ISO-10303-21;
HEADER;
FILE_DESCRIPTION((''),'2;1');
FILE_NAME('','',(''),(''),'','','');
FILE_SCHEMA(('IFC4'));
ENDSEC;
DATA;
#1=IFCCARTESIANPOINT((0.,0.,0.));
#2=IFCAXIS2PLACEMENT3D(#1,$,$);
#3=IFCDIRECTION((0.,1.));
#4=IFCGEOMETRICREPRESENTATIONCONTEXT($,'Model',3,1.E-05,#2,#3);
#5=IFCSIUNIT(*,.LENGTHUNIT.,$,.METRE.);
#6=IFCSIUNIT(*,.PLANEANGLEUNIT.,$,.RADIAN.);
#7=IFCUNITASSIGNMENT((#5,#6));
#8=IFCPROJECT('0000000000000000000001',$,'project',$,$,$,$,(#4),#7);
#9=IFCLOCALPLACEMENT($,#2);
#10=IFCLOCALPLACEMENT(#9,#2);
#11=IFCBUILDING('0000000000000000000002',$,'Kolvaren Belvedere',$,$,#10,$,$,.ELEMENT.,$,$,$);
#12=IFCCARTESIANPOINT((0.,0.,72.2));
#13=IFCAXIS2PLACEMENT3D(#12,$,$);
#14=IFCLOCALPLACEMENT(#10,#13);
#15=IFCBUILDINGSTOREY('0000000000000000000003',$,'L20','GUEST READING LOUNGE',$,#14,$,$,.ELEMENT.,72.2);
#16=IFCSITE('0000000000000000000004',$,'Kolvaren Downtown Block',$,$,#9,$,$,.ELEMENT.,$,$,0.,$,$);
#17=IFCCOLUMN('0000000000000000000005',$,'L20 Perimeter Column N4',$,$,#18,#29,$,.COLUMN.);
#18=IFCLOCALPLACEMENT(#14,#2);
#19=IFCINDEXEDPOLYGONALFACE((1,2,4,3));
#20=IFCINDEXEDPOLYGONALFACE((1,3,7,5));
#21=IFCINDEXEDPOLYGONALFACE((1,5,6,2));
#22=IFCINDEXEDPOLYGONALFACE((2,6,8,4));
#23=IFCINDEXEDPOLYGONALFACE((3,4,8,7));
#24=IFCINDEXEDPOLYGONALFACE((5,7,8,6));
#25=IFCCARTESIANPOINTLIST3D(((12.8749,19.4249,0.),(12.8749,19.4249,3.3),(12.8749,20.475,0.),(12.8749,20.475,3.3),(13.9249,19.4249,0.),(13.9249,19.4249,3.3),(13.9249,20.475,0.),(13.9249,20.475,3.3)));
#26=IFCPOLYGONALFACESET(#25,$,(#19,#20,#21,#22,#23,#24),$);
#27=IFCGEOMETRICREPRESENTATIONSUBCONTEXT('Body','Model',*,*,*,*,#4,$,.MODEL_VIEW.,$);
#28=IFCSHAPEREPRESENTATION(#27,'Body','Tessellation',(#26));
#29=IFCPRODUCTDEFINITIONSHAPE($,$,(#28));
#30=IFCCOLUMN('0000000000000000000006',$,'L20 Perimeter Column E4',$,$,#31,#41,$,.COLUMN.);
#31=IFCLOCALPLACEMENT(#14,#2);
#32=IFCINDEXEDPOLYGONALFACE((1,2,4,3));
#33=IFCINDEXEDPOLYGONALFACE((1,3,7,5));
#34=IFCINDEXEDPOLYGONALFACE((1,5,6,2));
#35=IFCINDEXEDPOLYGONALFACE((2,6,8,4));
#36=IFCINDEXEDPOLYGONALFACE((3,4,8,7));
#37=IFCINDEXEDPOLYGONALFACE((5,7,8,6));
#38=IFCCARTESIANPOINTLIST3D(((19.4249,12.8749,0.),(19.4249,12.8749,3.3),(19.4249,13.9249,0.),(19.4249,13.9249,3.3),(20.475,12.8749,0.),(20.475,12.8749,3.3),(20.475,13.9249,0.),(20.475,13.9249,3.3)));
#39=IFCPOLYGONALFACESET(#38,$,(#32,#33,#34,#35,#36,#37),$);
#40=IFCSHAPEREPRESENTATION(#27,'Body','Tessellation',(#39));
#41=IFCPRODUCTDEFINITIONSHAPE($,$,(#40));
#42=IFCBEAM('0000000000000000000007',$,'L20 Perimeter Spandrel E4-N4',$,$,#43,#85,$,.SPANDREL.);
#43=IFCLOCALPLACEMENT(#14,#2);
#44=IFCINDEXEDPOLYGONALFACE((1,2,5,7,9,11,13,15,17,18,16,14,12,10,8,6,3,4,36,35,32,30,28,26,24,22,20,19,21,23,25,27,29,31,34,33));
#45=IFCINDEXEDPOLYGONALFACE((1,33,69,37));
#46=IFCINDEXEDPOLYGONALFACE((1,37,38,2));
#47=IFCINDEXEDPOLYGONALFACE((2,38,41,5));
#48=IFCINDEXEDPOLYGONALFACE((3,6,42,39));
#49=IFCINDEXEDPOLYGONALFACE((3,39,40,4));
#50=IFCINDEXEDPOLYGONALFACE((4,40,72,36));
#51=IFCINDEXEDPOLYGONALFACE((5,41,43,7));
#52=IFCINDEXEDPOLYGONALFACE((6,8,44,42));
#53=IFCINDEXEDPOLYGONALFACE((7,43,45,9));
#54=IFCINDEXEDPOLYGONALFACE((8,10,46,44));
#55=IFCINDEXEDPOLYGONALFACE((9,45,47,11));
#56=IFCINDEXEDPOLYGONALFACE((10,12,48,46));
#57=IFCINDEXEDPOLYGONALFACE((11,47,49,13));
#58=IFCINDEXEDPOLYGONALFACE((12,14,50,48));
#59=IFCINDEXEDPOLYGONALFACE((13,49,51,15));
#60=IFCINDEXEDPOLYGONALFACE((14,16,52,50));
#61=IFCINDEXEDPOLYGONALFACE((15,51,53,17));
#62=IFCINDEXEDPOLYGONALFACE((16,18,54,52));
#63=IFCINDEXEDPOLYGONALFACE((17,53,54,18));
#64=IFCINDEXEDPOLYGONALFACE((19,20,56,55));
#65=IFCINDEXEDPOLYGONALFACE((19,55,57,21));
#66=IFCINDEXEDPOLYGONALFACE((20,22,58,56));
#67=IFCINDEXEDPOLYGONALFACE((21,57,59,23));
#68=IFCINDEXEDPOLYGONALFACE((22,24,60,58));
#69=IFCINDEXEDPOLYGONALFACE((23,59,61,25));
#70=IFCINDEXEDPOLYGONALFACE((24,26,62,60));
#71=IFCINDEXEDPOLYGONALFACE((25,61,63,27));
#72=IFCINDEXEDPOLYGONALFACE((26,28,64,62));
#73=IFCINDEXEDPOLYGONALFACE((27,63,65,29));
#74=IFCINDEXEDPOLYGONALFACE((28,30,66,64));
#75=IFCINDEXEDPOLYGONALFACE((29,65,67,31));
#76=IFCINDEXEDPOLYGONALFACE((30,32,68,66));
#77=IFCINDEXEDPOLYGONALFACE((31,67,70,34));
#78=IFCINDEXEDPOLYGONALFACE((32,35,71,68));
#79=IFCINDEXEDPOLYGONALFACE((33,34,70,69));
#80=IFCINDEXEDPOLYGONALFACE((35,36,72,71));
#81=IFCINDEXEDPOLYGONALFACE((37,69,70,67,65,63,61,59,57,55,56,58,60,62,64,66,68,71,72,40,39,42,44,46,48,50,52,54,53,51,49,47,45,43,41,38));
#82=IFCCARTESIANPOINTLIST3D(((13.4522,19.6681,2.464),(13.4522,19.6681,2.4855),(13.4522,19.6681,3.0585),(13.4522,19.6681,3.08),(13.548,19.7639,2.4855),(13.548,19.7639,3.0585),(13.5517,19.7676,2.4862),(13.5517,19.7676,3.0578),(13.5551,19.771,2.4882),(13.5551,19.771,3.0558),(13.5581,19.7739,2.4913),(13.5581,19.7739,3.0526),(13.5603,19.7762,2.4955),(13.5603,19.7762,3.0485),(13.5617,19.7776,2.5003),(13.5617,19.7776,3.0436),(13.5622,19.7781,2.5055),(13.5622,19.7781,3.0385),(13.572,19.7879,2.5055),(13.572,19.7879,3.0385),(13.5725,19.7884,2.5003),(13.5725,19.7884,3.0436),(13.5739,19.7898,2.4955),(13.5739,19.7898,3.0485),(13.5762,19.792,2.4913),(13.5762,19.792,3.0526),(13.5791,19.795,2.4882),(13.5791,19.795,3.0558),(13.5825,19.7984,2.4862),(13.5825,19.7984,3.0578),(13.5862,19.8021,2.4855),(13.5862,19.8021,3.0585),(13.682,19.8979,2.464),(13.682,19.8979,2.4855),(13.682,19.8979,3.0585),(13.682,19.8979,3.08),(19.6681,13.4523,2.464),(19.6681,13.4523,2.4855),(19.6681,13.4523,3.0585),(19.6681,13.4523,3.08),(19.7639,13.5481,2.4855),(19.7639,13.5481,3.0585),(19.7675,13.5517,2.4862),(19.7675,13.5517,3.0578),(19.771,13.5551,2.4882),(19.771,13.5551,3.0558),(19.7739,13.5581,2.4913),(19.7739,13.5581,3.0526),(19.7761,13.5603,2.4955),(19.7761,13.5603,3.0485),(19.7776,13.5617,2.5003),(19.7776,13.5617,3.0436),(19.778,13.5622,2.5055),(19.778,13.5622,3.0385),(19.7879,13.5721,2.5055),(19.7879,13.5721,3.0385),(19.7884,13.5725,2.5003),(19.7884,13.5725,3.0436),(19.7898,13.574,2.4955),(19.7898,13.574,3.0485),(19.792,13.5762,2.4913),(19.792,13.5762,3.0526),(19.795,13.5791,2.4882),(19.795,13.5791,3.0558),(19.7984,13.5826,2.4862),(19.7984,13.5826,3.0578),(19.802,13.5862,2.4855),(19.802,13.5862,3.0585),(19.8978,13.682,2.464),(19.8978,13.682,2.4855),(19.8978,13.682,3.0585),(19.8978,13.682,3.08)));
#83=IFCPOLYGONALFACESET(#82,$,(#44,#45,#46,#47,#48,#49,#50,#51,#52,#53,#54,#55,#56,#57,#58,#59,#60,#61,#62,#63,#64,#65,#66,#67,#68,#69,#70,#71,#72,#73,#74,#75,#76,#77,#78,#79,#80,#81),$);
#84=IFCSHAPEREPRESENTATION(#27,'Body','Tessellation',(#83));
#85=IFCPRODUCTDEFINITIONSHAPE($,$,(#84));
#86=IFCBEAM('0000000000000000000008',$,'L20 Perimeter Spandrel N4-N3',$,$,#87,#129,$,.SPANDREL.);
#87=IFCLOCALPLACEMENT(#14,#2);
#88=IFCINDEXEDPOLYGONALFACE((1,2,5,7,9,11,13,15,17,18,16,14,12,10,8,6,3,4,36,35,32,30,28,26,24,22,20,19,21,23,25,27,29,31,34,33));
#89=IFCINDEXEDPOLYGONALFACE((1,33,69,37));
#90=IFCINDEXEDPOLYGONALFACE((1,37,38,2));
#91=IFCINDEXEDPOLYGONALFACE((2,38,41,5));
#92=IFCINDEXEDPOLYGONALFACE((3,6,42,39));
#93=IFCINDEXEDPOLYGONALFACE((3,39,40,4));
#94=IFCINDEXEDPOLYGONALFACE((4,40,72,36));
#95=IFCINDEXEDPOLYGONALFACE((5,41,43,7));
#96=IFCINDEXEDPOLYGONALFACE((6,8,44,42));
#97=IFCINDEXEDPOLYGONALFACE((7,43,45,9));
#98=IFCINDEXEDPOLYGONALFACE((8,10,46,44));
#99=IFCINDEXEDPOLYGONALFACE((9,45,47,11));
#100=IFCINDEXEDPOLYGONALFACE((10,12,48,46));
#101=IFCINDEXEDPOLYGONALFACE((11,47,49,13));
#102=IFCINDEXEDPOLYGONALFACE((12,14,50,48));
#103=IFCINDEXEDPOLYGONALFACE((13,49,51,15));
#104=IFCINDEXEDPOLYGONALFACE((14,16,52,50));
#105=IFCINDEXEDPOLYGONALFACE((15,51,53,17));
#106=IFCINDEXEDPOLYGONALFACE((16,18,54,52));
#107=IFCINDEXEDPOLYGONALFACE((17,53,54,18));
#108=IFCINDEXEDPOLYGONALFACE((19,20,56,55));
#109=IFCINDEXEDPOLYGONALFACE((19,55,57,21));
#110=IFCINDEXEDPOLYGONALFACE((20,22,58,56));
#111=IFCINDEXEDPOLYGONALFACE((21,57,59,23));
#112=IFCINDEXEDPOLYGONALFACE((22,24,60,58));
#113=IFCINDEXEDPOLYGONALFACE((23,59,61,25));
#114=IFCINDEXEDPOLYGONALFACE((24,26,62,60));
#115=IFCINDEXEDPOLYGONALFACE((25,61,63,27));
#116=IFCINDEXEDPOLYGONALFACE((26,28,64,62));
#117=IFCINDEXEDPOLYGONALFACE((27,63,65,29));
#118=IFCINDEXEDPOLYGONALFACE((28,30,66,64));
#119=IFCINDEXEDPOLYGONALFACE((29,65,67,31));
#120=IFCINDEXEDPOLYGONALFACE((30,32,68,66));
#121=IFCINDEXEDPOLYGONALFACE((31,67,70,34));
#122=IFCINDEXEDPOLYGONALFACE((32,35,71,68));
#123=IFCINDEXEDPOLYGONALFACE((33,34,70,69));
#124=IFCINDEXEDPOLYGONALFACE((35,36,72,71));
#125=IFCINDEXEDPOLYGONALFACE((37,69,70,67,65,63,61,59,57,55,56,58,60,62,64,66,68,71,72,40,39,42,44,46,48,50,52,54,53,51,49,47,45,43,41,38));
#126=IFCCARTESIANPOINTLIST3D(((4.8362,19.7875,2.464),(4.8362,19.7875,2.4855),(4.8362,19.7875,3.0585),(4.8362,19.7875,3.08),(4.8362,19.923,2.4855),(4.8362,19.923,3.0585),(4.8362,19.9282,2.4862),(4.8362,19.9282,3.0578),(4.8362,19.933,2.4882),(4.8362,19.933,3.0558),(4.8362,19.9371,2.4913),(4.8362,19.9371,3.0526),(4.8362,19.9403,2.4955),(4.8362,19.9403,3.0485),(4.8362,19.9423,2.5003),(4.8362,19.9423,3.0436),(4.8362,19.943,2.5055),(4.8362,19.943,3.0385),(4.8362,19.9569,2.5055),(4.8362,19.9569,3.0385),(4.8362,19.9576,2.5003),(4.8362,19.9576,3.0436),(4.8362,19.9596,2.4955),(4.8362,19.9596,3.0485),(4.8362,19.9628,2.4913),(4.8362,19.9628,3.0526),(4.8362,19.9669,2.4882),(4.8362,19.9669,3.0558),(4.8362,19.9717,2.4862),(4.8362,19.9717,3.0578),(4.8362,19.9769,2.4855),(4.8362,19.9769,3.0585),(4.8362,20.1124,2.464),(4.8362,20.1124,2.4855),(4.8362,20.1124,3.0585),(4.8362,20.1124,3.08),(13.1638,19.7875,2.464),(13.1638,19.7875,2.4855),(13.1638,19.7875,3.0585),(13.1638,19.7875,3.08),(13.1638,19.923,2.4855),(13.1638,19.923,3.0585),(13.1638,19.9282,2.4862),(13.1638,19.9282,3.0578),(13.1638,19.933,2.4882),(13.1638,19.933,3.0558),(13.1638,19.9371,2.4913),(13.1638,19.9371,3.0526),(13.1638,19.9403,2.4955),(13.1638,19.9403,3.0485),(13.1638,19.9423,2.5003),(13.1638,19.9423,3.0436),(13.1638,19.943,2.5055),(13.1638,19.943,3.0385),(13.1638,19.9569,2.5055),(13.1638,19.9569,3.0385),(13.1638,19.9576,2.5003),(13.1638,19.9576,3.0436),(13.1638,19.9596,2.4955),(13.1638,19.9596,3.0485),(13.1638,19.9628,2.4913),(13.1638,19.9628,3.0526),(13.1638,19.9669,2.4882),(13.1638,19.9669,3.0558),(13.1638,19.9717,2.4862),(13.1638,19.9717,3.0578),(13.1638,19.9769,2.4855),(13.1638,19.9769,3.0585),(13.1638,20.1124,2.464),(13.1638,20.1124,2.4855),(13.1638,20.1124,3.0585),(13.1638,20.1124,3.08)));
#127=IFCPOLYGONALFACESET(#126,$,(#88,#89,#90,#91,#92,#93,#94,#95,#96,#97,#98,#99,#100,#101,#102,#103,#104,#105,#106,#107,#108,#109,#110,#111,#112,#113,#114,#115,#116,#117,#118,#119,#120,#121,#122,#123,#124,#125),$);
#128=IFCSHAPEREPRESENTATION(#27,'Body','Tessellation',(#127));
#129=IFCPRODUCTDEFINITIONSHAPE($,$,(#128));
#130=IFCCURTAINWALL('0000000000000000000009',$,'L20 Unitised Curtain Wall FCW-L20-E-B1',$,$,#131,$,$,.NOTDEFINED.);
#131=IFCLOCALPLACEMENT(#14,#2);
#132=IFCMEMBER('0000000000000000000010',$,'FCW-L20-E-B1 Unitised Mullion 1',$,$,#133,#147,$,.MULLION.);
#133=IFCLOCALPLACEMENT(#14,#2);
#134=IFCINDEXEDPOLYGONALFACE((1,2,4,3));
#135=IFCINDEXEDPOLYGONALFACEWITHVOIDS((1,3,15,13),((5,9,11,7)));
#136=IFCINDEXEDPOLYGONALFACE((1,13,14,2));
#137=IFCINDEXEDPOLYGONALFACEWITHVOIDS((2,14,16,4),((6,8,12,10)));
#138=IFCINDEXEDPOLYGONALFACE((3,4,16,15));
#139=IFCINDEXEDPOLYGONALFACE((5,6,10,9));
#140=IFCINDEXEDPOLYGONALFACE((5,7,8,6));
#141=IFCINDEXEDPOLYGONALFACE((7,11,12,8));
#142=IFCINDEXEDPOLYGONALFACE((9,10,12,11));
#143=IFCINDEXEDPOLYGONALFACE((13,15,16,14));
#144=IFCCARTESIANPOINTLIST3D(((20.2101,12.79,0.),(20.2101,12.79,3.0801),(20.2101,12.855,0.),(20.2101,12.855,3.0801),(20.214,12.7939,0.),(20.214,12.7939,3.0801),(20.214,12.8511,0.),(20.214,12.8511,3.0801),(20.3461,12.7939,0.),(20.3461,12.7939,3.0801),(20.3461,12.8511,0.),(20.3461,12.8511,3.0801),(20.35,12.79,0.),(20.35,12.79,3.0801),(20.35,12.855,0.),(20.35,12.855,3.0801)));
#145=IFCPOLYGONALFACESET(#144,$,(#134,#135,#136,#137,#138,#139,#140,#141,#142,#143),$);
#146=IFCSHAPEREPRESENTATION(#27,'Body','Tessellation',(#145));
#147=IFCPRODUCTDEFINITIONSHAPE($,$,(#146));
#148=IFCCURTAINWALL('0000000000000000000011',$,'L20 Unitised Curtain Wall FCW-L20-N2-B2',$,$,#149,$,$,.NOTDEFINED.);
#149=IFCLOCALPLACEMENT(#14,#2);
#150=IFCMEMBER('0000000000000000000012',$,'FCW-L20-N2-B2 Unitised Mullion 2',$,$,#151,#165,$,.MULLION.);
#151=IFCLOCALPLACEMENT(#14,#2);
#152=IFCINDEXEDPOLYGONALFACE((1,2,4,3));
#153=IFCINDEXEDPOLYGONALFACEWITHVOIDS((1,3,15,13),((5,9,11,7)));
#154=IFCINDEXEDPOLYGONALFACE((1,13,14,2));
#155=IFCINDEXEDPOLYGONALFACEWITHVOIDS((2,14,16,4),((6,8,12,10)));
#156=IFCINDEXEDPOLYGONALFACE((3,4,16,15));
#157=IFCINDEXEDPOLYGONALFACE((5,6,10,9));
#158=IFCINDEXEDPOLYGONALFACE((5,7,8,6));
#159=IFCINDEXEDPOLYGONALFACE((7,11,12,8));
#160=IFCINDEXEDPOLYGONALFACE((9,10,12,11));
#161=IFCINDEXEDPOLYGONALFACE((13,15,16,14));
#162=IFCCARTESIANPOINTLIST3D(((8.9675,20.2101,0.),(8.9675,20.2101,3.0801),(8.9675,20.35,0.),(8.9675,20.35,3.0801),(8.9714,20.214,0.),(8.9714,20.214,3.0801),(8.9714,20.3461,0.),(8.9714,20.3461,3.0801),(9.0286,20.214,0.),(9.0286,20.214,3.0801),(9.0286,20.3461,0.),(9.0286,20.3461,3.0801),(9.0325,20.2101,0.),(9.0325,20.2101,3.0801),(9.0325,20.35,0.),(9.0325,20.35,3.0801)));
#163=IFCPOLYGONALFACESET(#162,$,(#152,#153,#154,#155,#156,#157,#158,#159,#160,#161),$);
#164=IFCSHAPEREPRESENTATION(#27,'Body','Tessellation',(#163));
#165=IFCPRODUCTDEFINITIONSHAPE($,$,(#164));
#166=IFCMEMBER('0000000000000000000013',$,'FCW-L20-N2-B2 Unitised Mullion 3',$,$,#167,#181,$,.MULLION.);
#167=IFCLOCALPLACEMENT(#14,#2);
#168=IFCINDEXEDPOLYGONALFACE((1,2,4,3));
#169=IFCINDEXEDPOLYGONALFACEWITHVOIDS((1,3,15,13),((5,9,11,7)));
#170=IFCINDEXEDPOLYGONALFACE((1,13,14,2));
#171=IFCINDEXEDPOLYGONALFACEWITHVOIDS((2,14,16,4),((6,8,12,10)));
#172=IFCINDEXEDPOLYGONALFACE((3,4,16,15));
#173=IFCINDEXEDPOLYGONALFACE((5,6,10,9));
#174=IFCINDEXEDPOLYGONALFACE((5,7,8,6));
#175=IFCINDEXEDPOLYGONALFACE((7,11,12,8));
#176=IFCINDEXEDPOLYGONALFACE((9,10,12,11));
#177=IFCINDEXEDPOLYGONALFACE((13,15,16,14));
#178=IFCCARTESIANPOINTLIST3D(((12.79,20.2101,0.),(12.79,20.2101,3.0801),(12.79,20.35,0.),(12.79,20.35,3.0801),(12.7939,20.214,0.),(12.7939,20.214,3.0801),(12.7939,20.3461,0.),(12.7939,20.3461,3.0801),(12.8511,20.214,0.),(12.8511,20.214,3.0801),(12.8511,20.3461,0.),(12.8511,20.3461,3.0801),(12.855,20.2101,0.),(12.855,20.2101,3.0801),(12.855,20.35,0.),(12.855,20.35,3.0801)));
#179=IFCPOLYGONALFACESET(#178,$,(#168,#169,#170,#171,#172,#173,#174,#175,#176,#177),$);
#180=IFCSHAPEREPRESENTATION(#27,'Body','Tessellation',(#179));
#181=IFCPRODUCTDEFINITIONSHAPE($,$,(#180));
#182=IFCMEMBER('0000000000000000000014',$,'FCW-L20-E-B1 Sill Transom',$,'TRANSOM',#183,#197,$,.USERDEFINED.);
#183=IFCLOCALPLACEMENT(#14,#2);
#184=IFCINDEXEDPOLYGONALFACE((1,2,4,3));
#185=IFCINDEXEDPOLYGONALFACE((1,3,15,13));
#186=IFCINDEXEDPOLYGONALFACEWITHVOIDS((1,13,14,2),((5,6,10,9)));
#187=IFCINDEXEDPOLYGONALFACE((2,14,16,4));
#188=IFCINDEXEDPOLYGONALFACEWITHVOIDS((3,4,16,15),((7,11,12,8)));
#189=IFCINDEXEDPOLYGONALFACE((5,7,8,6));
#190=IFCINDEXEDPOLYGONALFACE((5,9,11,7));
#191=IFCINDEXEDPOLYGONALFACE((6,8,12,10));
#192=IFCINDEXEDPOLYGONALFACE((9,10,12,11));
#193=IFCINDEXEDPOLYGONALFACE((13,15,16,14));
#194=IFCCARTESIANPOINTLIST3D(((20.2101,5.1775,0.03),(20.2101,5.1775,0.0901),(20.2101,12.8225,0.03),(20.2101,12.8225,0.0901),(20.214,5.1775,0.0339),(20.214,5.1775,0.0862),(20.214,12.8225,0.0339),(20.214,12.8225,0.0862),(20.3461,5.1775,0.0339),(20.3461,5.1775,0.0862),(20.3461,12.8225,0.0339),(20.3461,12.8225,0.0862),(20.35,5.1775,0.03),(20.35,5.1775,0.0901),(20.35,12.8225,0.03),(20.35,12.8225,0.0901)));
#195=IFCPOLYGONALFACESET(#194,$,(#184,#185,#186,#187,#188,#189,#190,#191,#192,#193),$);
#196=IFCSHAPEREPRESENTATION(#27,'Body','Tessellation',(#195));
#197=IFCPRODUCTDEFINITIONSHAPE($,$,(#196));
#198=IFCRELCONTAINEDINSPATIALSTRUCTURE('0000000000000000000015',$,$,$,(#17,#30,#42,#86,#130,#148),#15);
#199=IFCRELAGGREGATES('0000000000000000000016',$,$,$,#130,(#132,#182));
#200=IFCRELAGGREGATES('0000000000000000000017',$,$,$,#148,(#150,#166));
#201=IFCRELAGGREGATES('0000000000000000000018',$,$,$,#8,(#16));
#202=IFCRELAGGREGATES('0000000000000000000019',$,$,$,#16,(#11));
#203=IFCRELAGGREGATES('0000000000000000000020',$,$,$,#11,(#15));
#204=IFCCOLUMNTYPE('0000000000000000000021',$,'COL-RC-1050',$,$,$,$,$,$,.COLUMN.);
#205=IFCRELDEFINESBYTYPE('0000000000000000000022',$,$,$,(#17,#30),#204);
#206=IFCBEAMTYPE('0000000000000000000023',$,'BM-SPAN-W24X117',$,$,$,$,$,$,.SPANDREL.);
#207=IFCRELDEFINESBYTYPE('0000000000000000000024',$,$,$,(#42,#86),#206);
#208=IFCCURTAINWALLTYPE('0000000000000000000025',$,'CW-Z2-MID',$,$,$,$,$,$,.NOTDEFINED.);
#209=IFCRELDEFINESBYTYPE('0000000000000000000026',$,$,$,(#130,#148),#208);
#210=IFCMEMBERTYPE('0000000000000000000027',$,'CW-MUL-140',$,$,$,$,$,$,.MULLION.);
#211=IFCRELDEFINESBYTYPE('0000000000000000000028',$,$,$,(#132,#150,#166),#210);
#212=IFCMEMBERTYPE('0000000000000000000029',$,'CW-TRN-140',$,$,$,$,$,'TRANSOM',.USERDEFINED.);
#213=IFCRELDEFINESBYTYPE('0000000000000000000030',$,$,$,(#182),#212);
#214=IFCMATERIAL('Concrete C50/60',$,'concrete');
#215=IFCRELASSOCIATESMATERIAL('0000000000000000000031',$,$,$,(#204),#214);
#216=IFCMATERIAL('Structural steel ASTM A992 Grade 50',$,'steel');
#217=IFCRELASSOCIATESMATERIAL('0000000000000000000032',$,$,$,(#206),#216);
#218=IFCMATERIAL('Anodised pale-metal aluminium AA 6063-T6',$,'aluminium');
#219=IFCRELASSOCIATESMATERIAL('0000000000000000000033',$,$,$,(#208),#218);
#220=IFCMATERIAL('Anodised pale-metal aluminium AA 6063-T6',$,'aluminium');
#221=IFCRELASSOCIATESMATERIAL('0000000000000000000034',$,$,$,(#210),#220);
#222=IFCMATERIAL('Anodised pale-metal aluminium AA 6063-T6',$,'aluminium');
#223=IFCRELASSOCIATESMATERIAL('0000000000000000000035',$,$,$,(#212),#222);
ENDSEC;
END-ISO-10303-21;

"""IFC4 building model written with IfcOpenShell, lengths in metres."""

from ifc_helpers import new_model, si_unit, direction, frame, origin, origin_2d, place, context, subcontext, project, spatial, rectangle, hollow_rectangle, i_section, extrude, material, material_profile, profile_set, type_object, element, aggregate, save


model = new_model("IFC4")

# Units and contexts
model_context = context("Model", 3, precision=1e-05, world=origin(), true_north=direction((0.0, 1.0)))
body_context = subcontext(model_context, "Body", "Model", "MODEL_VIEW")
ifc_project = project(units=[si_unit("LENGTHUNIT", "METRE"), si_unit("PLANEANGLEUNIT", "RADIAN")], contexts=[model_context])

# Site, building, storey
site_placement = place(None, origin())
site = spatial("IfcSite", under=ifc_project, at=site_placement, Name="Kolvaren Downtown Block", CompositionType="ELEMENT", RefElevation=0.0)
building_placement = place(site_placement, origin())
building = spatial("IfcBuilding", under=site, at=building_placement, Name="Kolvaren Belvedere", CompositionType="ELEMENT")
storey_placement = place(building_placement, frame((0.0, 0.0, 72.2)))
storey = spatial("IfcBuildingStorey", under=building, at=storey_placement, Name="L20", Description="GUEST READING LOUNGE", CompositionType="ELEMENT", Elevation=72.2)

# Columns
ifc_material_1 = material(Name="Concrete C50/60", Category="concrete")
ifc_material_profile_1 = material_profile(ifc_material_1, rectangle(XDim=1.05, YDim=1.05, at=origin_2d()), Name="RC 1050X1050")
ifc_profile_set_1 = profile_set([ifc_material_profile_1], Name="Concrete C50/60")
column_type = type_object("IfcColumnType", Name="COL-RC-1050", PredefinedType="COLUMN", material=ifc_profile_set_1)
for number, where, z_axis, x_axis, name in (
    (1, (13.3999, 19.95, 0.0), (0.0, 0.0, 1.0), (1.0, 0.0, 0.0), "L20 Perimeter Column N4"),
    (2, (19.95, 13.3999, 0.0), (0.0, 0.0, 1.0), (1.0, 0.0, 0.0), "L20 Perimeter Column E4"),
):
    element("IfcColumn", number, at=place(storey_placement, frame(where, z_axis=z_axis, x_axis=x_axis)), inside=storey, type_object=column_type, Name=name, PredefinedType="COLUMN", context=body_context, shape_type="SweptSolid", body=[
        extrude(rectangle(XDim=1.05, YDim=1.05, at=origin_2d()), origin(), (0.0, 0.0, 1.0), 3.3),
    ])

# Beams
ifc_material_2 = material(Name="Structural steel ASTM A992 Grade 50", Category="steel")
ifc_material_profile_2 = material_profile(ifc_material_2, i_section(OverallWidth=0.325, OverallDepth=0.616, WebThickness=0.0139, FlangeThickness=0.0215, FilletRadius=0.02, at=origin_2d()), Name="W24X117")
ifc_profile_set_2 = profile_set([ifc_material_profile_2], Name="Structural steel ASTM A992 Grade 50")
beam_type = type_object("IfcBeamType", Name="BM-SPAN-W24X117", PredefinedType="SPANDREL", material=ifc_profile_set_2)
beam_1_placement = place(storey_placement, frame((19.783, 13.5671, 2.772), z_axis=(-0.707107, 0.707107, 0.0), x_axis=(-0.707107, -0.707107, 0.0)))
element("IfcBeam", 3, at=beam_1_placement, inside=storey, type_object=beam_type, Name="L20 Perimeter Spandrel E4-N4", PredefinedType="SPANDREL", context=body_context, shape_type="SweptSolid", body=[
    extrude(i_section(OverallWidth=0.325, OverallDepth=0.616, WebThickness=0.0139, FlangeThickness=0.0215, FilletRadius=0.02, at=origin_2d()), origin(), (0.0, 0.0, 1.0), 8.7905),
])
beam_2_placement = place(storey_placement, frame((13.1638, 19.95, 2.772), z_axis=(-1.0, 0.0, 0.0), x_axis=(0.0, -1.0, 0.0)))
element("IfcBeam", 4, at=beam_2_placement, inside=storey, type_object=beam_type, Name="L20 Perimeter Spandrel N4-N3", PredefinedType="SPANDREL", context=body_context, shape_type="SweptSolid", body=[
    extrude(i_section(OverallWidth=0.325, OverallDepth=0.616, WebThickness=0.0139, FlangeThickness=0.0215, FilletRadius=0.02, at=origin_2d()), origin(), (0.0, 0.0, 1.0), 8.3276),
])

# Curtain wall, member
ifc_material_3 = material(Name="Anodised pale-metal aluminium AA 6063-T6", Category="aluminium")
curtain_wall_type = type_object("IfcCurtainWallType", Name="CW-Z2-MID", PredefinedType="NOTDEFINED", material=ifc_material_3)
curtain_wall_1_placement = place(storey_placement, origin())
curtain_wall_1 = element("IfcCurtainWall", 5, at=curtain_wall_1_placement, inside=storey, type_object=curtain_wall_type, Name="L20 Unitised Curtain Wall FCW-L20-E-B1", PredefinedType="NOTDEFINED")
ifc_material_4 = material(Name="Anodised pale-metal aluminium AA 6063-T6", Category="aluminium")
ifc_material_profile_3 = material_profile(ifc_material_4, hollow_rectangle(XDim=0.0649, YDim=0.1399, WallThickness=0.0039, at=origin_2d()), Name="ALU-MUL-140X65")
ifc_profile_set_3 = profile_set([ifc_material_profile_3], Name="Anodised pale-metal aluminium AA 6063-T6")
member_type_1 = type_object("IfcMemberType", Name="CW-MUL-140", PredefinedType="MULLION", material=ifc_profile_set_3)
member_1_placement = place(storey_placement, frame((20.28, 12.8225, 0.0), z_axis=(0.0, 0.0, 1.0), x_axis=(0.0, 1.0, 0.0)))
member_1 = element("IfcMember", 6, at=member_1_placement, type_object=member_type_1, Name="FCW-L20-E-B1 Unitised Mullion 1", PredefinedType="MULLION", context=body_context, shape_type="SweptSolid", body=[
    extrude(hollow_rectangle(XDim=0.0649, YDim=0.1399, WallThickness=0.0039, at=origin_2d()), origin(), (0.0, 0.0, 1.0), 3.0801),
])

# Curtain wall, members
curtain_wall_2_placement = place(storey_placement, origin())
curtain_wall_2 = element("IfcCurtainWall", 7, at=curtain_wall_2_placement, inside=storey, type_object=curtain_wall_type, Name="L20 Unitised Curtain Wall FCW-L20-N2-B2", PredefinedType="NOTDEFINED")
member_2_placement = place(storey_placement, frame((9.0, 20.28, 0.0), z_axis=(0.0, 0.0, 1.0), x_axis=(1.0, 0.0, 0.0)))
member_2 = element("IfcMember", 8, at=member_2_placement, type_object=member_type_1, Name="FCW-L20-N2-B2 Unitised Mullion 2", PredefinedType="MULLION", context=body_context, shape_type="SweptSolid", body=[
    extrude(hollow_rectangle(XDim=0.0649, YDim=0.1399, WallThickness=0.0039, at=origin_2d()), origin(), (0.0, 0.0, 1.0), 3.0801),
])
member_3_placement = place(storey_placement, frame((12.8225, 20.28, 0.0), z_axis=(0.0, 0.0, 1.0), x_axis=(1.0, 0.0, 0.0)))
member_3 = element("IfcMember", 9, at=member_3_placement, type_object=member_type_1, Name="FCW-L20-N2-B2 Unitised Mullion 3", PredefinedType="MULLION", context=body_context, shape_type="SweptSolid", body=[
    extrude(hollow_rectangle(XDim=0.0649, YDim=0.1399, WallThickness=0.0039, at=origin_2d()), origin(), (0.0, 0.0, 1.0), 3.0801),
])

# Member
ifc_material_5 = material(Name="Anodised pale-metal aluminium AA 6063-T6", Category="aluminium")
ifc_material_profile_4 = material_profile(ifc_material_5, hollow_rectangle(XDim=0.0601, YDim=0.1399, WallThickness=0.0039, at=origin_2d()), Name="ALU-TRN-140X60")
ifc_profile_set_4 = profile_set([ifc_material_profile_4], Name="Anodised pale-metal aluminium AA 6063-T6")
member_type_2 = type_object("IfcMemberType", Name="CW-TRN-140", ElementType="TRANSOM", PredefinedType="USERDEFINED", material=ifc_profile_set_4)
member_4_placement = place(storey_placement, frame((20.28, 12.8225, 0.0601), z_axis=(0.0, -1.0, 0.0), x_axis=(0.0, 0.0, 1.0)))
member_4 = element("IfcMember", 10, at=member_4_placement, type_object=member_type_2, Name="FCW-L20-E-B1 Sill Transom", ObjectType="TRANSOM", PredefinedType="USERDEFINED", context=body_context, shape_type="SweptSolid", body=[
    extrude(hollow_rectangle(XDim=0.0601, YDim=0.1399, WallThickness=0.0039, at=origin_2d()), origin(), (0.0, 0.0, 1.0), 7.645),
])
aggregate(curtain_wall_1, [member_1, member_4])

aggregate(curtain_wall_2, [member_2, member_3])

save(model, "model.ifc")
